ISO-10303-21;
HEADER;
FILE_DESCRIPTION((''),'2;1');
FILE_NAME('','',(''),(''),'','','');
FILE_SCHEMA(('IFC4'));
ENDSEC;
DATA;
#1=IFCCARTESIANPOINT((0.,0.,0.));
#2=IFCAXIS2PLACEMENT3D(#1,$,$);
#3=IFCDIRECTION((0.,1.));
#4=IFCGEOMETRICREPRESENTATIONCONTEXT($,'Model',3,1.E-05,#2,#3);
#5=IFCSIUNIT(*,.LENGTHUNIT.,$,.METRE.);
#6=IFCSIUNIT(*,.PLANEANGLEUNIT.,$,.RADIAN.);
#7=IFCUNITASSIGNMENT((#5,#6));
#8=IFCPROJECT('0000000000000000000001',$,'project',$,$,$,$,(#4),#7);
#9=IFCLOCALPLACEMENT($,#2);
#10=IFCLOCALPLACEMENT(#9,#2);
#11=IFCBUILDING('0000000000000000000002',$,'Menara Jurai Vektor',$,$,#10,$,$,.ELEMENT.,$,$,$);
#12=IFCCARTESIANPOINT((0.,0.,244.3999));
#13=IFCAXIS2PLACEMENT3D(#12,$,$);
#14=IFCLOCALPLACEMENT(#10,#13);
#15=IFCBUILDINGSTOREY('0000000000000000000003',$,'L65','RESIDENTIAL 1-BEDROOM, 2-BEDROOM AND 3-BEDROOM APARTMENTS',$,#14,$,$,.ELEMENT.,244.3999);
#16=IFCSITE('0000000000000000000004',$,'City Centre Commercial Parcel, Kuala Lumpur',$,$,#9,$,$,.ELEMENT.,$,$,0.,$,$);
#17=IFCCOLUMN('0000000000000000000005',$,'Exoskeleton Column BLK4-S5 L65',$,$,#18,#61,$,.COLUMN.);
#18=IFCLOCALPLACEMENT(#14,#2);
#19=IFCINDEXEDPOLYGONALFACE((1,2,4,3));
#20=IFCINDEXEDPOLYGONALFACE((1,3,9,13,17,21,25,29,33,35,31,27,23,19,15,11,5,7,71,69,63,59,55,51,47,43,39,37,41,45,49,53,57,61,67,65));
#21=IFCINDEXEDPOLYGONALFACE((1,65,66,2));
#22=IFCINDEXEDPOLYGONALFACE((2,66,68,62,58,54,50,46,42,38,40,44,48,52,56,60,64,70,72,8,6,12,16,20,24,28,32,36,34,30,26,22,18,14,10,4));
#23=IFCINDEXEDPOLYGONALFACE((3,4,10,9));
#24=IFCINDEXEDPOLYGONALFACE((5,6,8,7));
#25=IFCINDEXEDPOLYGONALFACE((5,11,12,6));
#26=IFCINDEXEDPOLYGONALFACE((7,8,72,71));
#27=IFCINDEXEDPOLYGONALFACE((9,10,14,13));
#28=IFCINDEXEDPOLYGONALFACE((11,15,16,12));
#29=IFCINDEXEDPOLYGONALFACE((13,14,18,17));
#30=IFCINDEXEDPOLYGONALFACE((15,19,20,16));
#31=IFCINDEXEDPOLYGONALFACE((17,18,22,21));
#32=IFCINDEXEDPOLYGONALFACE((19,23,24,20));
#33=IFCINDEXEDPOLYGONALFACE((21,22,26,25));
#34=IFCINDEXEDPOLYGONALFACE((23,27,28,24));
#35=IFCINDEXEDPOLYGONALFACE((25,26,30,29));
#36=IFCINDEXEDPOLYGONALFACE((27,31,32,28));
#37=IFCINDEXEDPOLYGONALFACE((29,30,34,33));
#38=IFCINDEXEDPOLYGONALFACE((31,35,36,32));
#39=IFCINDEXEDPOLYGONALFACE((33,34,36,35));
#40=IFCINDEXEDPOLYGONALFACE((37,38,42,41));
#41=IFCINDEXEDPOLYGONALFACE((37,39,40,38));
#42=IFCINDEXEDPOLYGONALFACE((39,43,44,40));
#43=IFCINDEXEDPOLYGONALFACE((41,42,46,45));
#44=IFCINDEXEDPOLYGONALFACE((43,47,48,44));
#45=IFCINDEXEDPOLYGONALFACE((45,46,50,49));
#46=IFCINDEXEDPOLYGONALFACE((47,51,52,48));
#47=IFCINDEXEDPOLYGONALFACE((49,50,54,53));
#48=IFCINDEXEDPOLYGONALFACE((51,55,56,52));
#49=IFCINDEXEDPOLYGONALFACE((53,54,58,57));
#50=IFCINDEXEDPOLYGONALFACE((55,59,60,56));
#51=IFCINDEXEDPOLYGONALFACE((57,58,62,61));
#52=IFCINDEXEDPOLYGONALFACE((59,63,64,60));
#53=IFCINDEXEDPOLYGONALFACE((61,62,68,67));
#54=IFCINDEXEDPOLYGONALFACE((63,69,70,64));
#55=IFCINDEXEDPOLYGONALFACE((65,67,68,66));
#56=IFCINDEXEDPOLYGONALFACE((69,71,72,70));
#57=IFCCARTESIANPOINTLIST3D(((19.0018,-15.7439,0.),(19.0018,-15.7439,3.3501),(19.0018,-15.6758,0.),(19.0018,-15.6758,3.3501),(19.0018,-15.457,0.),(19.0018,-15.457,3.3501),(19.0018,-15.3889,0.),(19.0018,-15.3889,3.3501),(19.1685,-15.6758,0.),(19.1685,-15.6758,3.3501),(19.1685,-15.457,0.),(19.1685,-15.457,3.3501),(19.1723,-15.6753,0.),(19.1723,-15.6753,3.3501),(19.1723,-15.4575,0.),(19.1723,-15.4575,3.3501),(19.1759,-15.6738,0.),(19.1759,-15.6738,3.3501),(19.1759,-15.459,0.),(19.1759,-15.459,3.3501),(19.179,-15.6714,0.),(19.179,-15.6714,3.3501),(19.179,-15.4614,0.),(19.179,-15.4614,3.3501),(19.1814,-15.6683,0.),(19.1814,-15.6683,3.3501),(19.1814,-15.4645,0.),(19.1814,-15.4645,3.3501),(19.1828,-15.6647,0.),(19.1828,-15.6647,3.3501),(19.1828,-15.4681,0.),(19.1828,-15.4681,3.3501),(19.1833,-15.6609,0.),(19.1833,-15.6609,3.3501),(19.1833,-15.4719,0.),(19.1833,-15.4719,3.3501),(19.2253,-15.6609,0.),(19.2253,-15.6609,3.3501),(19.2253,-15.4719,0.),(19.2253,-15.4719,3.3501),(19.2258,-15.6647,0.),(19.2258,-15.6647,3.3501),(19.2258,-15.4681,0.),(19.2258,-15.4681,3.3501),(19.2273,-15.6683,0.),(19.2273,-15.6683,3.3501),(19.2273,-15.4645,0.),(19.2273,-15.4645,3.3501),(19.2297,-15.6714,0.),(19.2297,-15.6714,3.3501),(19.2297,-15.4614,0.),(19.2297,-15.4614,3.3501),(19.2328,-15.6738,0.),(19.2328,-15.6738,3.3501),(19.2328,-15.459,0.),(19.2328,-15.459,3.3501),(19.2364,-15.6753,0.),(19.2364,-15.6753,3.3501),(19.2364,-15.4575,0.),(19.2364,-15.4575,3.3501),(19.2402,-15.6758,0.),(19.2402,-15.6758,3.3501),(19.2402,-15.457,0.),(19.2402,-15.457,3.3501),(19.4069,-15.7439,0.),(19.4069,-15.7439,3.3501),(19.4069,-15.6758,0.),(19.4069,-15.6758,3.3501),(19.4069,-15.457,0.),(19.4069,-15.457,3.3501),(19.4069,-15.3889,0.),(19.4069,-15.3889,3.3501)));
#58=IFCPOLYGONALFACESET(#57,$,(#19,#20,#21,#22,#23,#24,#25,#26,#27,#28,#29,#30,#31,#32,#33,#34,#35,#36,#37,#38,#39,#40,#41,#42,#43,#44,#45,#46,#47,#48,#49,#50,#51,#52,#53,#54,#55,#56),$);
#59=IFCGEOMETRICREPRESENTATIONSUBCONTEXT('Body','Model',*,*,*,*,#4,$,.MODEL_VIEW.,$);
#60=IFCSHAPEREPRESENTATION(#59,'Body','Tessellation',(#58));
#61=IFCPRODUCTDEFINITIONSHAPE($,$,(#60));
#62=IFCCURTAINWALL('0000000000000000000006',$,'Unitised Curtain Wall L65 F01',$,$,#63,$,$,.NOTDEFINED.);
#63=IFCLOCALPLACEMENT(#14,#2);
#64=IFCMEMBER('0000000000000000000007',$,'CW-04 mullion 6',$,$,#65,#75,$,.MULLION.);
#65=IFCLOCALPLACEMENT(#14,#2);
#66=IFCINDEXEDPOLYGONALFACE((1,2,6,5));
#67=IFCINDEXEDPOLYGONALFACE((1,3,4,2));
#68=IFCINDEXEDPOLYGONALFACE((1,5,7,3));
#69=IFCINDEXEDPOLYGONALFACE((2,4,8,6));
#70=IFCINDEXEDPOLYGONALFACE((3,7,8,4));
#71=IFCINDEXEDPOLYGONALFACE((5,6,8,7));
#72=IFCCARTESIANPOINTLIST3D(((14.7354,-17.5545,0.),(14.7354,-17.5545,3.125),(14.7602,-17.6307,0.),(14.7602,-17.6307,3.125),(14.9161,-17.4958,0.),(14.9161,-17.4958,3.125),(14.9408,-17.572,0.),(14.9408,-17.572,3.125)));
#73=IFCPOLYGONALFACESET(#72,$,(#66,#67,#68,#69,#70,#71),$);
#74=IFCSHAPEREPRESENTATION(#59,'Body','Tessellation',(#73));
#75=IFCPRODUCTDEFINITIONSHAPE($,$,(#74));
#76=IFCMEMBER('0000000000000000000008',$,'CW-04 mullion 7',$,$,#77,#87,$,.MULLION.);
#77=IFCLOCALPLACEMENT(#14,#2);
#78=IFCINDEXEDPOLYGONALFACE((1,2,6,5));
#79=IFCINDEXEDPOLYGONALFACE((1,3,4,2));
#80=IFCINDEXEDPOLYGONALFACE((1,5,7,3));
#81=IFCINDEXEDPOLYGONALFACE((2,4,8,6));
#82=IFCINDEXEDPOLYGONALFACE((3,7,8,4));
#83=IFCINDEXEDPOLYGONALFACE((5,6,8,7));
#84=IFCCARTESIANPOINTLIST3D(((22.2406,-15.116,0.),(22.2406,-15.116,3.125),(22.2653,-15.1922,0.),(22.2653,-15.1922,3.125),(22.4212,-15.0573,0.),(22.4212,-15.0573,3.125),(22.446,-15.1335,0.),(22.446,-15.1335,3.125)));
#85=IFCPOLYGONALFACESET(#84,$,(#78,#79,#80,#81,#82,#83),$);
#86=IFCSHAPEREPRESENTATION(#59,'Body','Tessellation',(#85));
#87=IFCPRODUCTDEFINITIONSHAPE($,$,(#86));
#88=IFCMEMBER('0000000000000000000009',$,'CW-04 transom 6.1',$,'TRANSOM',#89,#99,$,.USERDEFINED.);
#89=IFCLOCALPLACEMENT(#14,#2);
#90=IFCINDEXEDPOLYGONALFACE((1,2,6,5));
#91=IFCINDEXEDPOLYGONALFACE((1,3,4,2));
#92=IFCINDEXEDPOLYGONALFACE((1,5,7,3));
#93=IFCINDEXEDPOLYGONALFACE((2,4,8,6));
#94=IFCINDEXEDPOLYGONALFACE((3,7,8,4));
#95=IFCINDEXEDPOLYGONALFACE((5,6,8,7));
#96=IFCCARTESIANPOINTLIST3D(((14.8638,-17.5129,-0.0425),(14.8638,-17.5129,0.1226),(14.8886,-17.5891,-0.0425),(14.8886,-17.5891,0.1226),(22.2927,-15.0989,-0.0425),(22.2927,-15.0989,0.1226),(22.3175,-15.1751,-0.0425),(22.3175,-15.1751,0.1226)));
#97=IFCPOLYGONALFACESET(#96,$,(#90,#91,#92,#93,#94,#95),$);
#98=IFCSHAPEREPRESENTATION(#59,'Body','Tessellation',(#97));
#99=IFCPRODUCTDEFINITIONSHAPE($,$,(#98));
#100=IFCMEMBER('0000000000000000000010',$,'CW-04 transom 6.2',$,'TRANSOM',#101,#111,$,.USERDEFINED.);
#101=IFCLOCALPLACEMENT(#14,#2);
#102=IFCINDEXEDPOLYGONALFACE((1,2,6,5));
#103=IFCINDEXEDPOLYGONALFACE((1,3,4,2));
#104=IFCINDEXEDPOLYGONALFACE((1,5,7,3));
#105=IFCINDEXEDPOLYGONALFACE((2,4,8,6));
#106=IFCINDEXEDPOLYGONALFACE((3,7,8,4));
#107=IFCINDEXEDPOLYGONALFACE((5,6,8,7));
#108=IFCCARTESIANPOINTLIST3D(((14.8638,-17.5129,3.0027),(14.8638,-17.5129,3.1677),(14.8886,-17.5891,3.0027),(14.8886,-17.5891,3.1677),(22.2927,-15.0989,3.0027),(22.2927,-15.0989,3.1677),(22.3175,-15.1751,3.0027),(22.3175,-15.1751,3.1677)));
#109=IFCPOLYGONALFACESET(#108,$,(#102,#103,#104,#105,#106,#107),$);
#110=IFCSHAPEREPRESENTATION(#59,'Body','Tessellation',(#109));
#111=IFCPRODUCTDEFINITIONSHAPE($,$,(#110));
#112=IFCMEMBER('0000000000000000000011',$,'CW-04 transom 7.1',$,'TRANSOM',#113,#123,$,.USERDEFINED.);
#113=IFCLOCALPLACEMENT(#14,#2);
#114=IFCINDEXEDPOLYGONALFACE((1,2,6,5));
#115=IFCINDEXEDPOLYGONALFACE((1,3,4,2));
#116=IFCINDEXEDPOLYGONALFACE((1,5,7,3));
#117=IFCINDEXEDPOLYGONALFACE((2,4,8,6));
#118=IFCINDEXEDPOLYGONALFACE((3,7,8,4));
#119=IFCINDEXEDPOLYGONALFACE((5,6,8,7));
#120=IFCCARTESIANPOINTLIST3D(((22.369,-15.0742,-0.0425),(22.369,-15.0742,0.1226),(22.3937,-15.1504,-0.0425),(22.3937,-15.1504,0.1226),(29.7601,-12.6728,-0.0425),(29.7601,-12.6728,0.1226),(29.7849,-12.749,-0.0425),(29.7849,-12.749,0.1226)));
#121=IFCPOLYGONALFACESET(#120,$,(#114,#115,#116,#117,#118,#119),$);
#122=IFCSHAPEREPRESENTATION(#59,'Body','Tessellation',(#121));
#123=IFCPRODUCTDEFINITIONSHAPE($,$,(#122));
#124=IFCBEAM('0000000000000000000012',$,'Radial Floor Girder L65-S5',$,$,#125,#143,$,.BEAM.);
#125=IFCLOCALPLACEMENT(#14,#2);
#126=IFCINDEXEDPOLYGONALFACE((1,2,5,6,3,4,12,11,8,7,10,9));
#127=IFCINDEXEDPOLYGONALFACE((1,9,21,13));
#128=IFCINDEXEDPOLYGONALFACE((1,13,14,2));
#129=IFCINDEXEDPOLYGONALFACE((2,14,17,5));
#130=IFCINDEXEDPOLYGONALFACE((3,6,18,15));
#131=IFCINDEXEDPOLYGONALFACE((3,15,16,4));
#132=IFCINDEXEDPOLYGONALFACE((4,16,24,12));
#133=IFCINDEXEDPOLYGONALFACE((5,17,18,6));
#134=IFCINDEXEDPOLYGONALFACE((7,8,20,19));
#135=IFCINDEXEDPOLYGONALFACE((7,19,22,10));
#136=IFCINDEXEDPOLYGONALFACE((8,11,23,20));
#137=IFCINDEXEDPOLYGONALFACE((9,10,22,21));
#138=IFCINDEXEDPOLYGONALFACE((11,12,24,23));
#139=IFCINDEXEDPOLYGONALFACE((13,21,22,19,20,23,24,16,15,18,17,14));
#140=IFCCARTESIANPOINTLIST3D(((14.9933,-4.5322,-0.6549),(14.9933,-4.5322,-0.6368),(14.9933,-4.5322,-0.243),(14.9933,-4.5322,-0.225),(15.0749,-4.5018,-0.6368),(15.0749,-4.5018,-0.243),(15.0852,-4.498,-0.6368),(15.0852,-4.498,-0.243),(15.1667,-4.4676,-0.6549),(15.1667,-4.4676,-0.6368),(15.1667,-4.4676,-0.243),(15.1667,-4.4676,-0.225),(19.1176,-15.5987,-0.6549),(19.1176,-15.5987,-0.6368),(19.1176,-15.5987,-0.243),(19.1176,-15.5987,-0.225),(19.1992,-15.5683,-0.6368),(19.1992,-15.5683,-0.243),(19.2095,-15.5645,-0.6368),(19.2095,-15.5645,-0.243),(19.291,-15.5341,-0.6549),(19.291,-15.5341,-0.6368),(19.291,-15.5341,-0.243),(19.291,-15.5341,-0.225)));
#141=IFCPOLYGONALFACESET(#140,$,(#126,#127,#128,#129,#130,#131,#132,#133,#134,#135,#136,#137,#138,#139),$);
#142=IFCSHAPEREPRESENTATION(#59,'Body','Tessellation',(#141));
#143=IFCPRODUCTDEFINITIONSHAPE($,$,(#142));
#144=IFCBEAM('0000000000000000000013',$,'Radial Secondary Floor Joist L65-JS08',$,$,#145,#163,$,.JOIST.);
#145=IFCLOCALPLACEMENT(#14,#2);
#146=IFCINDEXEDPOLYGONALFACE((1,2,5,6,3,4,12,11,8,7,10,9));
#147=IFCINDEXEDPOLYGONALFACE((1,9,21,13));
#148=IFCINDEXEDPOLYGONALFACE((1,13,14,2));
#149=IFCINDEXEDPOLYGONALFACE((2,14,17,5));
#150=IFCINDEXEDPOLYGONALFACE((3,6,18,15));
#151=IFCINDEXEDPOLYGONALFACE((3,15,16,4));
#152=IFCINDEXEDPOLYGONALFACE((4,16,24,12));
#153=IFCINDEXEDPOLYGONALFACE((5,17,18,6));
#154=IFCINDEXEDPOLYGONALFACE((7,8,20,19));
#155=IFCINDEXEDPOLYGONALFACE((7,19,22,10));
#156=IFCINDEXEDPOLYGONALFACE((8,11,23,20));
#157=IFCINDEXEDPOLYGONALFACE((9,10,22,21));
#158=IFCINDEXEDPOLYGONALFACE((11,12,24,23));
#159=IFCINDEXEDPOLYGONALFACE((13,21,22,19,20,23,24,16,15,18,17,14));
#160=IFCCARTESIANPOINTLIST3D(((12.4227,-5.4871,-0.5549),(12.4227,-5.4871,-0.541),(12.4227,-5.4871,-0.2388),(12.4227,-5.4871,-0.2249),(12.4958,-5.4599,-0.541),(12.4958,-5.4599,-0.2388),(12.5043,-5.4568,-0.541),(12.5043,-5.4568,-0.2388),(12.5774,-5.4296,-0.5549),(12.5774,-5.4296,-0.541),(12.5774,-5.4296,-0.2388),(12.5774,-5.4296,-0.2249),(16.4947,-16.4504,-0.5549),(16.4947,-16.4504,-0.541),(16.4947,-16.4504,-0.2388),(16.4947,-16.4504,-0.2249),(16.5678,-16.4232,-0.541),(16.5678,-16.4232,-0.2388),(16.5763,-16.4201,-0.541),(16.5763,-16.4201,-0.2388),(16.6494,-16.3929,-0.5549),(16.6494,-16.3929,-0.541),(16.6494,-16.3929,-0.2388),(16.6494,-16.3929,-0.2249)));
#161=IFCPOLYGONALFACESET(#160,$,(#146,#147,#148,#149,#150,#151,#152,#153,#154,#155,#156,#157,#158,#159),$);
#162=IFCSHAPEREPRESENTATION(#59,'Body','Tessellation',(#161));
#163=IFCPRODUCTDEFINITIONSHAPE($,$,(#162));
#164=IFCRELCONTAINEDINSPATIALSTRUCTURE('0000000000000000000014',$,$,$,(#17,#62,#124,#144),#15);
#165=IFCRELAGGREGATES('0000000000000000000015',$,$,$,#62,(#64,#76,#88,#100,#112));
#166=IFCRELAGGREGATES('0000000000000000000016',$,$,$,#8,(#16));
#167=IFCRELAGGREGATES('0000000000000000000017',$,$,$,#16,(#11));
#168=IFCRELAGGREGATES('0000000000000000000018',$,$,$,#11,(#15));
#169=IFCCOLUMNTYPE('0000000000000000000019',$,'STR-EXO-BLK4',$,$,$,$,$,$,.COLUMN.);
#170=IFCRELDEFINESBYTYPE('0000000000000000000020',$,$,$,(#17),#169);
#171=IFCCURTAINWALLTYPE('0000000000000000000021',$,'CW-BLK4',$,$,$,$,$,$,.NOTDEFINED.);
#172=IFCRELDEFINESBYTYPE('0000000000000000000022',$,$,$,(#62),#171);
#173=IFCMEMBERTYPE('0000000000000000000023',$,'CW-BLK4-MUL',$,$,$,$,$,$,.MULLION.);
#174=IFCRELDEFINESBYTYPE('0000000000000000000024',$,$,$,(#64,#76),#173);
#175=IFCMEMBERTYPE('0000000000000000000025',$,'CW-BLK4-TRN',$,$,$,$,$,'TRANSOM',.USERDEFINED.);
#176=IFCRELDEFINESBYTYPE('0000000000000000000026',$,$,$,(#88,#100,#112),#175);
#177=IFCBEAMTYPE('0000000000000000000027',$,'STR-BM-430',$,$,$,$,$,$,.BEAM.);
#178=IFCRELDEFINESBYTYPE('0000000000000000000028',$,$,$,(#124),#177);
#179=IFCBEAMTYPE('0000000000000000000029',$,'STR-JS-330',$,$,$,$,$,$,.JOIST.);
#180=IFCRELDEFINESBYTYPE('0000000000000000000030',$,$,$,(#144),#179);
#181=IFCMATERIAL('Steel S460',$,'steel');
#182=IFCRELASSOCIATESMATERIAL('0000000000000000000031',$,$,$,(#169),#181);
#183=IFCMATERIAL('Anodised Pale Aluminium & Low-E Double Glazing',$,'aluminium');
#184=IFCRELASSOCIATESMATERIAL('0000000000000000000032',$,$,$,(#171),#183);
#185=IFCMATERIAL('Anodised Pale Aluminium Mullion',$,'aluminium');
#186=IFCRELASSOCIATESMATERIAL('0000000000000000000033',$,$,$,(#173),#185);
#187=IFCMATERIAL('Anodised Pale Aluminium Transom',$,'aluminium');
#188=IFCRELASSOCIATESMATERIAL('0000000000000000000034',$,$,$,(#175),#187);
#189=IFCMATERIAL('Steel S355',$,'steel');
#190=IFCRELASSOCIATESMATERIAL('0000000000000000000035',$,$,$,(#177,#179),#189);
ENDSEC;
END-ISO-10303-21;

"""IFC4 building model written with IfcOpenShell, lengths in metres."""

from ifc_helpers import new_model, si_unit, direction, frame, origin, origin_2d, place, context, subcontext, project, spatial, rectangle, i_section, extrude, material, material_profile, profile_set, type_object, element, aggregate, save


model = new_model("IFC4")

# Units and contexts
model_context = context("Model", 3, precision=1e-05, world=origin(), true_north=direction((0.0, 1.0)))
body_context = subcontext(model_context, "Body", "Model", "MODEL_VIEW")
ifc_project = project(units=[si_unit("LENGTHUNIT", "METRE"), si_unit("PLANEANGLEUNIT", "RADIAN")], contexts=[model_context])

# Site, building, storey
site_placement = place(None, origin())
site = spatial("IfcSite", under=ifc_project, at=site_placement, Name="City Centre Commercial Parcel, Kuala Lumpur", CompositionType="ELEMENT", RefElevation=0.0)
building_placement = place(site_placement, origin())
building = spatial("IfcBuilding", under=site, at=building_placement, Name="Menara Jurai Vektor", CompositionType="ELEMENT")
storey_placement = place(building_placement, frame((0.0, 0.0, 244.3999)))
storey = spatial("IfcBuildingStorey", under=building, at=storey_placement, Name="L65", Description="RESIDENTIAL 1-BEDROOM, 2-BEDROOM AND 3-BEDROOM APARTMENTS", CompositionType="ELEMENT", Elevation=244.3999)

# Column
ifc_material_1 = material(Name="Steel S460", Category="steel")
ifc_material_profile_1 = material_profile(ifc_material_1, i_section(OverallWidth=0.405, OverallDepth=0.355, WebThickness=0.042, FlangeThickness=0.0681, FilletRadius=0.0149, at=origin_2d()), Name="HD 400x551")
ifc_profile_set_1 = profile_set([ifc_material_profile_1], Name="Steel S460")
column_type = type_object("IfcColumnType", Name="STR-EXO-BLK4", PredefinedType="COLUMN", material=ifc_profile_set_1)
column_placement = place(storey_placement, frame((19.2043, -15.5664, 0.0), z_axis=(0.0, 0.0, 1.0), x_axis=(1.0, 0.0, 0.0)))
element("IfcColumn", 1, at=column_placement, inside=storey, type_object=column_type, Name="Exoskeleton Column BLK4-S5 L65", PredefinedType="COLUMN", context=body_context, shape_type="SweptSolid", body=[
    extrude(i_section(OverallWidth=0.405, OverallDepth=0.355, WebThickness=0.042, FlangeThickness=0.0681, FilletRadius=0.0149, at=origin_2d()), origin(), (0.0, 0.0, 1.0), 3.3501),
])

# Curtain wall, members
ifc_material_2 = material(Name="Anodised Pale Aluminium & Low-E Double Glazing", Category="aluminium")
curtain_wall_type = type_object("IfcCurtainWallType", Name="CW-BLK4", PredefinedType="NOTDEFINED", material=ifc_material_2)
curtain_wall_placement = place(storey_placement, origin())
curtain_wall = element("IfcCurtainWall", 2, at=curtain_wall_placement, inside=storey, type_object=curtain_wall_type, Name="Unitised Curtain Wall L65 F01", PredefinedType="NOTDEFINED")
ifc_material_3 = material(Name="Anodised Pale Aluminium Mullion", Category="aluminium")
ifc_material_profile_2 = material_profile(ifc_material_3, rectangle(XDim=0.0801, YDim=0.1899, at=origin_2d()), Name="ALU MUL 80x190")
ifc_profile_set_2 = profile_set([ifc_material_profile_2], Name="Anodised Pale Aluminium Mullion")
member_type_1 = type_object("IfcMemberType", Name="CW-BLK4-MUL", PredefinedType="MULLION", material=ifc_profile_set_2)
member_1_placement = place(storey_placement, frame((14.8381, -17.5632, 0.0), z_axis=(0.0, 0.0, 1.0), x_axis=(-0.309017, 0.951056, 0.0)))
member_1 = element("IfcMember", 3, at=member_1_placement, type_object=member_type_1, Name="CW-04 mullion 6", PredefinedType="MULLION", context=body_context, shape_type="SweptSolid", body=[
    extrude(rectangle(XDim=0.0801, YDim=0.1899, at=origin_2d()), origin(), (0.0, 0.0, 1.0), 3.125),
])
member_2_placement = place(storey_placement, frame((22.3433, -15.1248, 0.0), z_axis=(0.0, 0.0, 1.0), x_axis=(-0.309017, 0.951056, 0.0)))
member_2 = element("IfcMember", 4, at=member_2_placement, type_object=member_type_1, Name="CW-04 mullion 7", PredefinedType="MULLION", context=body_context, shape_type="SweptSolid", body=[
    extrude(rectangle(XDim=0.0801, YDim=0.1899, at=origin_2d()), origin(), (0.0, 0.0, 1.0), 3.125),
])
ifc_material_4 = material(Name="Anodised Pale Aluminium Transom", Category="aluminium")
ifc_material_profile_3 = material_profile(ifc_material_4, rectangle(XDim=0.0801, YDim=0.165, at=origin_2d()), Name="ALU TRN 80x165")
ifc_profile_set_3 = profile_set([ifc_material_profile_3], Name="Anodised Pale Aluminium Transom")
member_type_2 = type_object("IfcMemberType", Name="CW-BLK4-TRN", ElementType="TRANSOM", PredefinedType="USERDEFINED", material=ifc_profile_set_3)
member_3_placement = place(storey_placement, frame((14.8762, -17.551, 0.04), z_axis=(0.951047, 0.309046, 0.0), x_axis=(-0.309046, 0.951047, 0.0)))
member_3 = element("IfcMember", 5, at=member_3_placement, type_object=member_type_2, Name="CW-04 transom 6.1", ObjectType="TRANSOM", PredefinedType="USERDEFINED", context=body_context, shape_type="SweptSolid", body=[
    extrude(rectangle(XDim=0.0801, YDim=0.165, at=origin_2d()), origin(), (0.0, 0.0, 1.0), 7.8113),
])
member_4_placement = place(storey_placement, frame((14.8762, -17.551, 3.0852), z_axis=(0.951047, 0.309046, 0.0), x_axis=(-0.309046, 0.951047, 0.0)))
member_4 = element("IfcMember", 6, at=member_4_placement, type_object=member_type_2, Name="CW-04 transom 6.2", ObjectType="TRANSOM", PredefinedType="USERDEFINED", context=body_context, shape_type="SweptSolid", body=[
    extrude(rectangle(XDim=0.0801, YDim=0.165, at=origin_2d()), origin(), (0.0, 0.0, 1.0), 7.8113),
])
member_5_placement = place(storey_placement, frame((22.3813, -15.1123, 0.04), z_axis=(0.951062, 0.308999, 0.0), x_axis=(-0.308999, 0.951062, 0.0)))
member_5 = element("IfcMember", 7, at=member_5_placement, type_object=member_type_2, Name="CW-04 transom 7.1", ObjectType="TRANSOM", PredefinedType="USERDEFINED", context=body_context, shape_type="SweptSolid", body=[
    extrude(rectangle(XDim=0.0801, YDim=0.165, at=origin_2d()), origin(), (0.0, 0.0, 1.0), 7.7715),
])

# Beams
ifc_material_5 = material(Name="Steel S355", Category="steel")
ifc_material_profile_4 = material_profile(ifc_material_5, i_section(OverallWidth=0.1851, OverallDepth=0.4299, WebThickness=0.011, FlangeThickness=0.0181, at=origin_2d()), Name="PG 430x185x76")
ifc_profile_set_4 = profile_set([ifc_material_profile_4], Name="Steel S355")
beam_type_1 = type_object("IfcBeamType", Name="STR-BM-430", PredefinedType="BEAM", material=ifc_profile_set_4)
beam_1_placement = place(storey_placement, frame((19.2043, -15.5664, -0.4399), z_axis=(-0.34922, 0.937041, 0.0), x_axis=(-0.937041, -0.34922, 0.0)))
element("IfcBeam", 8, at=beam_1_placement, inside=storey, type_object=beam_type_1, Name="Radial Floor Girder L65-S5", PredefinedType="BEAM", context=body_context, shape_type="SweptSolid", body=[
    extrude(i_section(OverallWidth=0.1851, OverallDepth=0.4299, WebThickness=0.011, FlangeThickness=0.0181, at=origin_2d()), origin(), (0.0, 0.0, 1.0), 11.8101),
])
ifc_material_profile_5 = material_profile(ifc_material_5, i_section(OverallWidth=0.165, OverallDepth=0.3301, WebThickness=0.009, FlangeThickness=0.0139, at=origin_2d()), Name="PG 330x165x46")
ifc_profile_set_5 = profile_set([ifc_material_profile_5], Name="Steel S355")
beam_type_2 = type_object("IfcBeamType", Name="STR-JS-330", PredefinedType="JOIST", material=ifc_profile_set_5)
beam_2_placement = place(storey_placement, frame((16.572, -16.4216, -0.3899), z_axis=(-0.34818, 0.937428, 0.0), x_axis=(-0.937428, -0.34818, 0.0)))
element("IfcBeam", 9, at=beam_2_placement, inside=storey, type_object=beam_type_2, Name="Radial Secondary Floor Joist L65-JS08", PredefinedType="JOIST", context=body_context, shape_type="SweptSolid", body=[
    extrude(i_section(OverallWidth=0.165, OverallDepth=0.3301, WebThickness=0.009, FlangeThickness=0.0139, at=origin_2d()), origin(), (0.0, 0.0, 1.0), 11.6951),
])

aggregate(curtain_wall, [member_1, member_2, member_3, member_4, member_5])

save(model, "model.ifc")
